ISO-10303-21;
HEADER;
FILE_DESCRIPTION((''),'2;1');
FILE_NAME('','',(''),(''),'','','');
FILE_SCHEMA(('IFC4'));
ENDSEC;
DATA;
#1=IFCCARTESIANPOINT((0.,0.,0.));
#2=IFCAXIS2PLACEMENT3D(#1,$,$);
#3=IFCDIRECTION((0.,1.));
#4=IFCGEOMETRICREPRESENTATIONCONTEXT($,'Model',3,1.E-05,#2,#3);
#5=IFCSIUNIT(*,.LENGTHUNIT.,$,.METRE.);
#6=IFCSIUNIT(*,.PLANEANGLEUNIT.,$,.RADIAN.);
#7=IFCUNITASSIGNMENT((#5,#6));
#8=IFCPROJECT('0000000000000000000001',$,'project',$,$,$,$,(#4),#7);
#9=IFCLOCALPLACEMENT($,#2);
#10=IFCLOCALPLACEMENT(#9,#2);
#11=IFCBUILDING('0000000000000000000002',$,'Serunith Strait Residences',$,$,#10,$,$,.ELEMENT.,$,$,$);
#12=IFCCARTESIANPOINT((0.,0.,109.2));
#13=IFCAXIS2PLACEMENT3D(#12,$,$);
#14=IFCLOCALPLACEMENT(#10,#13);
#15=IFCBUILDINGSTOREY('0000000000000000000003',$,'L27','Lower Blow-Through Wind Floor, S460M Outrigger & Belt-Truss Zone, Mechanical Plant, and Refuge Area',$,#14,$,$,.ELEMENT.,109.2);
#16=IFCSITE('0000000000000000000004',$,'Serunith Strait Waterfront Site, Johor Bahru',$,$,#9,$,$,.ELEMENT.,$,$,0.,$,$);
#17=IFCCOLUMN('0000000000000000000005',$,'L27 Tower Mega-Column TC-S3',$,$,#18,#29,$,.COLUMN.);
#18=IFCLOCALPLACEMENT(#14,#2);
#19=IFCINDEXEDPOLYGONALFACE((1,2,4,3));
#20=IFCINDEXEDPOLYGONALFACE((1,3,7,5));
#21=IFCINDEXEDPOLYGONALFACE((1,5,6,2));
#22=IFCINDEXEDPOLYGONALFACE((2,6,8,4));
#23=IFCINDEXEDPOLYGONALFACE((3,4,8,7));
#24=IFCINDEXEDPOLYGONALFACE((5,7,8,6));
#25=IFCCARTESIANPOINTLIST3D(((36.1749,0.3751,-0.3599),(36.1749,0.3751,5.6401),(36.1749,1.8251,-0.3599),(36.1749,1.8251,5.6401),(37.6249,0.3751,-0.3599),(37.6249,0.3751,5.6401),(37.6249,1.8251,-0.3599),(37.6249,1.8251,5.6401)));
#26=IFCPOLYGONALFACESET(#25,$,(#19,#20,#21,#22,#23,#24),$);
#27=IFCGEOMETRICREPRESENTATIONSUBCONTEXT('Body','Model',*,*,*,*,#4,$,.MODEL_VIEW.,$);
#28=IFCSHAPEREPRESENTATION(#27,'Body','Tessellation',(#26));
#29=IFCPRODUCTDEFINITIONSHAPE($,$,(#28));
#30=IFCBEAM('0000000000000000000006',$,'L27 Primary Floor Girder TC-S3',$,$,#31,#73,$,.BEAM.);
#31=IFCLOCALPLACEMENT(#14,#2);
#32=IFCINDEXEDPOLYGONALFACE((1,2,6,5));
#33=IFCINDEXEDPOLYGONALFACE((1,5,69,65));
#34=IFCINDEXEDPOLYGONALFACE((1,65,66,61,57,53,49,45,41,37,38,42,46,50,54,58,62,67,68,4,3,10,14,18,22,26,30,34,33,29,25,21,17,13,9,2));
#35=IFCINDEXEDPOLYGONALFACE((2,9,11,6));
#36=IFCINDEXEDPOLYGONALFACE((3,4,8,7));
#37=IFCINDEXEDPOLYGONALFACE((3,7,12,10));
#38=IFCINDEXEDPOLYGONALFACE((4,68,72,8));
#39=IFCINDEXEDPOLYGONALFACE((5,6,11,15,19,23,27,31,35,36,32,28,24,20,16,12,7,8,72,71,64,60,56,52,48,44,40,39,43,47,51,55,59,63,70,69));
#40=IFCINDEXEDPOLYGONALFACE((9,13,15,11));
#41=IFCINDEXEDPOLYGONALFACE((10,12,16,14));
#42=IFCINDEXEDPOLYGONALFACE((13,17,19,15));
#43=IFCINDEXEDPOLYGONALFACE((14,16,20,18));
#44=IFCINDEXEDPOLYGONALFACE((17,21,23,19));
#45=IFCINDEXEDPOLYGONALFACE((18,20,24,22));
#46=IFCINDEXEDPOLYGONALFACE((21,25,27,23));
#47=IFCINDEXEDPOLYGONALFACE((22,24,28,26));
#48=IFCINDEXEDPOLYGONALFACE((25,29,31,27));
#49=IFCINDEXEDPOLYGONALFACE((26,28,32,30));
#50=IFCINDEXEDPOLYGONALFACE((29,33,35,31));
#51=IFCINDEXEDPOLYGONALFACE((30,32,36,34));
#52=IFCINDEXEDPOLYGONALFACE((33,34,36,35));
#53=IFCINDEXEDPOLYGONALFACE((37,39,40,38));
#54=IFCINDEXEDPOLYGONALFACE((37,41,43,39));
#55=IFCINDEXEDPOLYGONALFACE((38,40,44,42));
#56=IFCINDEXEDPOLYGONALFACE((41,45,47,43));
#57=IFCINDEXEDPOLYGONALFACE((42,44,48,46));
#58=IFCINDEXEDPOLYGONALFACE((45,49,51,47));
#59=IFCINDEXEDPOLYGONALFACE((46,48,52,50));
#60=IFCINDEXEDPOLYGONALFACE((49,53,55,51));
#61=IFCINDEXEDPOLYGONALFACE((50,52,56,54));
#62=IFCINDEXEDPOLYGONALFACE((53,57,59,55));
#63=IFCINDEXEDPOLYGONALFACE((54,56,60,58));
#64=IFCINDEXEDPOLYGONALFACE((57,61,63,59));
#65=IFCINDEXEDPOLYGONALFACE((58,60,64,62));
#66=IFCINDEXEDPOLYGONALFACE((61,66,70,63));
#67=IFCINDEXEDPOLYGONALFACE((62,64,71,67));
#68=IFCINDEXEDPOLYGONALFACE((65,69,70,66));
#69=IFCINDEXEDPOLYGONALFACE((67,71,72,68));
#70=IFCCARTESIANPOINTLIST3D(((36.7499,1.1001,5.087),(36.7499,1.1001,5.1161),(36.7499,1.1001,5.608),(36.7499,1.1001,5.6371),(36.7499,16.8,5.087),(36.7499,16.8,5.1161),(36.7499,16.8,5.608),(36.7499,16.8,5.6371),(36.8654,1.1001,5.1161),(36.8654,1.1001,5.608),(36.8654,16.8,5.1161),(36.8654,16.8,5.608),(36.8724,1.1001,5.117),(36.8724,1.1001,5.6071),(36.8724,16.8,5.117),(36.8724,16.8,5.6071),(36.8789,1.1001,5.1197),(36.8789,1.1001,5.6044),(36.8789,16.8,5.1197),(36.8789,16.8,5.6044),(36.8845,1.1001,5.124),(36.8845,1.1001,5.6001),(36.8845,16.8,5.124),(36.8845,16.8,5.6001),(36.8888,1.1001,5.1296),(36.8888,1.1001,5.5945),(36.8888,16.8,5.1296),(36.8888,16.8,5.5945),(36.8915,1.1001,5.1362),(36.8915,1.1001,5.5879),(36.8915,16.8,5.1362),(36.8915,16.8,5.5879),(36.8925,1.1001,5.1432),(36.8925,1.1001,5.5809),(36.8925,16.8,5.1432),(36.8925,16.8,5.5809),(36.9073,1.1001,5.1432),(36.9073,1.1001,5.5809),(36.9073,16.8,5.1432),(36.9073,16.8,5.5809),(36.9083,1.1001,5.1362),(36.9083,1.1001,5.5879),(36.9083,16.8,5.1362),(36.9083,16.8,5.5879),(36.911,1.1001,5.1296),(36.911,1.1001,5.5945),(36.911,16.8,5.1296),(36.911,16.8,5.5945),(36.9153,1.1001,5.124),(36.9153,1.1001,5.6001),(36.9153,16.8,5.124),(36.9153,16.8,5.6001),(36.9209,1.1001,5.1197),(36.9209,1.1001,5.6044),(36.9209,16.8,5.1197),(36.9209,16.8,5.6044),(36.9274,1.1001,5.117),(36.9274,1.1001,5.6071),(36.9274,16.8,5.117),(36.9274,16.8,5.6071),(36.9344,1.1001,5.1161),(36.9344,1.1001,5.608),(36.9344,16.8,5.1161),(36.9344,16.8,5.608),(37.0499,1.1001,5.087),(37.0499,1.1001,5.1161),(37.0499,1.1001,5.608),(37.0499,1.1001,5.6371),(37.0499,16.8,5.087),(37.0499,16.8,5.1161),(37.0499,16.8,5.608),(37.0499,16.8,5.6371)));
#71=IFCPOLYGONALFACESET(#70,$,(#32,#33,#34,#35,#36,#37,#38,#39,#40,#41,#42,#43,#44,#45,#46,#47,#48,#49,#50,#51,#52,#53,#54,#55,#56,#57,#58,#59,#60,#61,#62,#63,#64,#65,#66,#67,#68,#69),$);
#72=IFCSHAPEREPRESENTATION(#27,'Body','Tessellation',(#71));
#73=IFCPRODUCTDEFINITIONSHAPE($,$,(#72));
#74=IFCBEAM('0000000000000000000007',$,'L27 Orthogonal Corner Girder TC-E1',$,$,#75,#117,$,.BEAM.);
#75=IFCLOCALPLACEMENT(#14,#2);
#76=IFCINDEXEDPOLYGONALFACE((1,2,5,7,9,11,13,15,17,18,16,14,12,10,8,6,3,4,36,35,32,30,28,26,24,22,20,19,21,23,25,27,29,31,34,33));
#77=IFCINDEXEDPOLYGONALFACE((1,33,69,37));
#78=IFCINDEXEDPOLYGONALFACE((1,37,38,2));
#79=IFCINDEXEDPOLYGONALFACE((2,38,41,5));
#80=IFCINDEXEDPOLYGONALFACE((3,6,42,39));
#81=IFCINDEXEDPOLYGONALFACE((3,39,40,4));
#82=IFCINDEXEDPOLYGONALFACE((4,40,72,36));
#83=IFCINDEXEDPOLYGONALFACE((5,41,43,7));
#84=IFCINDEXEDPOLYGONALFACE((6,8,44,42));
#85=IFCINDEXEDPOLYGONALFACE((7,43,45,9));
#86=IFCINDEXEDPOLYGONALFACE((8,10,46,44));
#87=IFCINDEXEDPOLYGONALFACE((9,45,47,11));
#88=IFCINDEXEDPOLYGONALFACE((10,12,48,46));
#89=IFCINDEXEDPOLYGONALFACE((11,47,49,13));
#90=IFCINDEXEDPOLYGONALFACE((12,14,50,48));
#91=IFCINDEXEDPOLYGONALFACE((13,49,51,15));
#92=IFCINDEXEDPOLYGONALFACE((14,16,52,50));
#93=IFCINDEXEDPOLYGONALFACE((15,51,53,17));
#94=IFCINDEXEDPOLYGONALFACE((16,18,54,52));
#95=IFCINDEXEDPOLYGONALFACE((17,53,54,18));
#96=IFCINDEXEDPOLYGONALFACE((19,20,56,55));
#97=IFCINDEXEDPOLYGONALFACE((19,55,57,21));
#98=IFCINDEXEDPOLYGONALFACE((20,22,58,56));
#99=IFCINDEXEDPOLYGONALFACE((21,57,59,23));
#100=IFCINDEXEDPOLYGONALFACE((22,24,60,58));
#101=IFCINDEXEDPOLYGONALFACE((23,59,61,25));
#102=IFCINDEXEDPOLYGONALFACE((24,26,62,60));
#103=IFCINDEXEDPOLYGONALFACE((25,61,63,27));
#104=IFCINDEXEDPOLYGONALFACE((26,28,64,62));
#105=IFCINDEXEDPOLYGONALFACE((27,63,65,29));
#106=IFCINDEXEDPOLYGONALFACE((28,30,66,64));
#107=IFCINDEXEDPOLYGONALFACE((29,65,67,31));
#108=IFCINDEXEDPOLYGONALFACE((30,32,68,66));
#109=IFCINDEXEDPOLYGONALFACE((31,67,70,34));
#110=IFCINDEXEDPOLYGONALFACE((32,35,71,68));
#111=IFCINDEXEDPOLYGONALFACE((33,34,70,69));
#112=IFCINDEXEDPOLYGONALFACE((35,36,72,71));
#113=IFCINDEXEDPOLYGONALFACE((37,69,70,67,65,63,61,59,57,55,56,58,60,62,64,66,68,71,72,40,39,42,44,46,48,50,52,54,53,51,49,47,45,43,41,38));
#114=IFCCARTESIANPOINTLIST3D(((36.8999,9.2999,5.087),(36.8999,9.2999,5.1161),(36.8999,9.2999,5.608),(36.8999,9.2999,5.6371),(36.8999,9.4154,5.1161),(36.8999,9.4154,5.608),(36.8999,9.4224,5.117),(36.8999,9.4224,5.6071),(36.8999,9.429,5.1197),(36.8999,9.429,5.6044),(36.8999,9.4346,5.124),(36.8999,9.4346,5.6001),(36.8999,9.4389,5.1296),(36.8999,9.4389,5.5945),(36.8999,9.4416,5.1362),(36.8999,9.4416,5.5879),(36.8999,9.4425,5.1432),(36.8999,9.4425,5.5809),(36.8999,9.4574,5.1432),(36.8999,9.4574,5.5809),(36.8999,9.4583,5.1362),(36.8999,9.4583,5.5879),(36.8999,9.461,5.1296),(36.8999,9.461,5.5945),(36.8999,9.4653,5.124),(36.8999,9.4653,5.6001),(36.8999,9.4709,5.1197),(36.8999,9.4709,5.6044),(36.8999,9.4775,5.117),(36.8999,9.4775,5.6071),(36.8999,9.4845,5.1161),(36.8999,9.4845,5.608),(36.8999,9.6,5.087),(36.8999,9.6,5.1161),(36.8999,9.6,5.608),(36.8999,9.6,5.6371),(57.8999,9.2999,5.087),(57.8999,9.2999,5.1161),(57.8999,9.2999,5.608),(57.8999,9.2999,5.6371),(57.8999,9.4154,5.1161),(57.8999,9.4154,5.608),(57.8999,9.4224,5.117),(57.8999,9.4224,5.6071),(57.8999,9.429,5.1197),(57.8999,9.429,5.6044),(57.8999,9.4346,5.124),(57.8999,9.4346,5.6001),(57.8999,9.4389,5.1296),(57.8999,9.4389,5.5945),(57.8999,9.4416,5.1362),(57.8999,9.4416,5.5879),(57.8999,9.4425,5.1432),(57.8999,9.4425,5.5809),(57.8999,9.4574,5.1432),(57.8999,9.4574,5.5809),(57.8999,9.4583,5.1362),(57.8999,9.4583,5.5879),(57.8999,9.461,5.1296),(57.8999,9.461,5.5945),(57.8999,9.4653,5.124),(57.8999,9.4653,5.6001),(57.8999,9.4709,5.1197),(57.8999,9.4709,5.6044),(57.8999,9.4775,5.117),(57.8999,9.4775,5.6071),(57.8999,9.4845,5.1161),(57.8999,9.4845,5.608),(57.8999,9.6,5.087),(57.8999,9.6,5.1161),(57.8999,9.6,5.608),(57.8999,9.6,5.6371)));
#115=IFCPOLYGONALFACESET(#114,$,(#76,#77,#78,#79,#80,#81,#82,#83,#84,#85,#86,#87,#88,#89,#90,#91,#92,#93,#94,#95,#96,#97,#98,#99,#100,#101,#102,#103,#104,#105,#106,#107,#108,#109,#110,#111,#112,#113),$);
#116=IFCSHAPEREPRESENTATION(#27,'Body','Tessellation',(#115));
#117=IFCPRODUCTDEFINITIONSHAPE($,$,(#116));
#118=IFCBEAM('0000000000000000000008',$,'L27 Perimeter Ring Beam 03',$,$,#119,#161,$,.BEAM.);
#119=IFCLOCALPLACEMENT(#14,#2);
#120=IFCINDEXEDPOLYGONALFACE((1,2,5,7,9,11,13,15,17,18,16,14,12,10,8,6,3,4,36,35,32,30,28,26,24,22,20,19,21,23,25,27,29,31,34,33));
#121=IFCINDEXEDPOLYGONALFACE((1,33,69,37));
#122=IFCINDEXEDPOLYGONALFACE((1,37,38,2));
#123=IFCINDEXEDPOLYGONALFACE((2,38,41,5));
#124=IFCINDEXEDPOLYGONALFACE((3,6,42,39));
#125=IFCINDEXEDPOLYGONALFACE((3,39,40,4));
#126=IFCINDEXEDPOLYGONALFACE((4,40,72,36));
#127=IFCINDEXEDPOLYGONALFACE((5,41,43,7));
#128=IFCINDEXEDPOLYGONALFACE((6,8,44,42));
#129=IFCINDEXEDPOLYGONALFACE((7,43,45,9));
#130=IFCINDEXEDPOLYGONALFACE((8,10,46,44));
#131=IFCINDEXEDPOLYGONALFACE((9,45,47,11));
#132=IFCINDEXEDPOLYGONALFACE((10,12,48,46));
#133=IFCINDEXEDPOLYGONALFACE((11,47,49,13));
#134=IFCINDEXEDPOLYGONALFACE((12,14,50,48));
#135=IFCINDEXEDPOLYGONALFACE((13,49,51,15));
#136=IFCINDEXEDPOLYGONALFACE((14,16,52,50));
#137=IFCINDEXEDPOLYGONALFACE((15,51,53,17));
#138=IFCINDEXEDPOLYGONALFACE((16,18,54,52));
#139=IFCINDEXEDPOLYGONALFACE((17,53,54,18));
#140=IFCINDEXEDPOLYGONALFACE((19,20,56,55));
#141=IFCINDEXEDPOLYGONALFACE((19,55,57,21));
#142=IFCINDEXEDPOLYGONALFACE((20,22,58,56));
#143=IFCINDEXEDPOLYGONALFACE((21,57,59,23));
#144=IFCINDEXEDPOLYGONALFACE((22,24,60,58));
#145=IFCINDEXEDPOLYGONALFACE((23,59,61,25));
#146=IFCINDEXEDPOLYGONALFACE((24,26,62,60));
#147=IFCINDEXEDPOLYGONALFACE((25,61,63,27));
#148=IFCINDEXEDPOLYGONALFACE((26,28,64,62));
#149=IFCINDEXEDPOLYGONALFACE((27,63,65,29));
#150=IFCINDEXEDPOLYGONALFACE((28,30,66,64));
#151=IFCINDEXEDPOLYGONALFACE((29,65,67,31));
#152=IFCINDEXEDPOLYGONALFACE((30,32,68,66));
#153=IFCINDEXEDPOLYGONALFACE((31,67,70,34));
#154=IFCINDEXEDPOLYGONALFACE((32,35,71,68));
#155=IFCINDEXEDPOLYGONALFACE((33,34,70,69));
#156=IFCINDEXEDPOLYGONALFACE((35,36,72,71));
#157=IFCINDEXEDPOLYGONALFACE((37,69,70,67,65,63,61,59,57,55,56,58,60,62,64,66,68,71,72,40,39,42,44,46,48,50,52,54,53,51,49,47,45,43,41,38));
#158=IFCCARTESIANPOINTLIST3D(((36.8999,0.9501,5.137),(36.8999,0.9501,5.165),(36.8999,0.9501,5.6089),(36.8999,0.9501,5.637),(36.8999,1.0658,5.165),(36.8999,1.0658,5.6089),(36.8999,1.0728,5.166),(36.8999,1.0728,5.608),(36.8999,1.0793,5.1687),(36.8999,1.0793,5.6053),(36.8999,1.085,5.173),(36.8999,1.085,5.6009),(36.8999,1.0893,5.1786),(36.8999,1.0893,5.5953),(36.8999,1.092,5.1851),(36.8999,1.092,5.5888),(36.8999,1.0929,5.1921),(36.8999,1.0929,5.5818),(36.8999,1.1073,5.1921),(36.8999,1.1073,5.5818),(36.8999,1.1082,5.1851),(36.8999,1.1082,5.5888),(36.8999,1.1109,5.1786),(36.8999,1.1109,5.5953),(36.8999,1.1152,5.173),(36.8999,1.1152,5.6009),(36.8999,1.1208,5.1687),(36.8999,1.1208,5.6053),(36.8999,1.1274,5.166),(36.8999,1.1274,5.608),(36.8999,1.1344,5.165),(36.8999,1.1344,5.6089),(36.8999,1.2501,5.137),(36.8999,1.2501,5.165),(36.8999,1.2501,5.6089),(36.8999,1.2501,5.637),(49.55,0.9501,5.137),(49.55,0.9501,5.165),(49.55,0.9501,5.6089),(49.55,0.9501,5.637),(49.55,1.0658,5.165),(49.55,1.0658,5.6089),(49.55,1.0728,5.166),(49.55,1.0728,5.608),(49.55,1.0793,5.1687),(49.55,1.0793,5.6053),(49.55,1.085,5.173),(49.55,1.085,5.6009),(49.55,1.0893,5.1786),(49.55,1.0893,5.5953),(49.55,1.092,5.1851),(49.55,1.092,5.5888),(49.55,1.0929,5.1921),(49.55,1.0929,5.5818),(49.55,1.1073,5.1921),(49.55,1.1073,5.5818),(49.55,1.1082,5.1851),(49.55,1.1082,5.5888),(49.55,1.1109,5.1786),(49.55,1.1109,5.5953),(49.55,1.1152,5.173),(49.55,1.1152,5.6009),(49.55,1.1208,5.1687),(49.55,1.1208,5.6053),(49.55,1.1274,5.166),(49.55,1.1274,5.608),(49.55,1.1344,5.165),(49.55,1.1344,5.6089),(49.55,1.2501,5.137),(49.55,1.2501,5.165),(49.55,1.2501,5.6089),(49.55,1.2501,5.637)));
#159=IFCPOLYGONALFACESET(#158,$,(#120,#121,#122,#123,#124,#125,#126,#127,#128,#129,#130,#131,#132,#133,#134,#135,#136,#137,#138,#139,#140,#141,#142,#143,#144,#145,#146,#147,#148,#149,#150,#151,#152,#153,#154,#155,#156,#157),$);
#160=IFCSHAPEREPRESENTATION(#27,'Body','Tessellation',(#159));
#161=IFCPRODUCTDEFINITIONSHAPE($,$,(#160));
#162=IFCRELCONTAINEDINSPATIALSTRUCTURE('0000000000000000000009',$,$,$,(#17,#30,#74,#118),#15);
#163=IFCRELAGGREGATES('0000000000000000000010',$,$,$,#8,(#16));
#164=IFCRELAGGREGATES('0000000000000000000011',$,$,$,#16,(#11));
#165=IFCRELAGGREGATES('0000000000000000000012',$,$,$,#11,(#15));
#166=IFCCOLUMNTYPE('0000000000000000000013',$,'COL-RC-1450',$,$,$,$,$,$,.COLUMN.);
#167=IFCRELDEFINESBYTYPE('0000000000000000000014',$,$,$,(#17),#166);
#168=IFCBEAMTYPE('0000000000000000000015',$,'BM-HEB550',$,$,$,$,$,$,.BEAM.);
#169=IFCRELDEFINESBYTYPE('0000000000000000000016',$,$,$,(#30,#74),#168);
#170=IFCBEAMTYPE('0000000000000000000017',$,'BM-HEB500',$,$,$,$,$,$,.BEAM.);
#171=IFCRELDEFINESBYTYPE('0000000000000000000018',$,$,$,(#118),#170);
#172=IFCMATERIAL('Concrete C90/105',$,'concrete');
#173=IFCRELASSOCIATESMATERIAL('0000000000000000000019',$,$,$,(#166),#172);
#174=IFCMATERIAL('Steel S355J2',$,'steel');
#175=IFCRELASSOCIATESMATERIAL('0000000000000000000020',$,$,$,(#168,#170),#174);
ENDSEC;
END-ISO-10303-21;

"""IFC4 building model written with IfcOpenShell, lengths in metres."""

from ifc_helpers import new_model, si_unit, direction, frame, origin, origin_2d, place, context, subcontext, project, spatial, rectangle, i_section, extrude, source, transform, mapped, material, material_profile, profile_set, type_object, element, save


model = new_model("IFC4")

# Units and contexts
model_context = context("Model", 3, precision=1e-05, world=origin(), true_north=direction((0.0, 1.0)))
body_context = subcontext(model_context, "Body", "Model", "MODEL_VIEW")
ifc_project = project(units=[si_unit("LENGTHUNIT", "METRE"), si_unit("PLANEANGLEUNIT", "RADIAN")], contexts=[model_context])

# Site, building, storey
site_placement = place(None, origin())
site = spatial("IfcSite", under=ifc_project, at=site_placement, Name="Serunith Strait Waterfront Site, Johor Bahru", CompositionType="ELEMENT", RefElevation=0.0)
building_placement = place(site_placement, origin())
building = spatial("IfcBuilding", under=site, at=building_placement, Name="Serunith Strait Residences", CompositionType="ELEMENT")
storey_placement = place(building_placement, frame((0.0, 0.0, 109.2)))
storey = spatial("IfcBuildingStorey", under=building, at=storey_placement, Name="L27", Description="Lower Blow-Through Wind Floor, S460M Outrigger & Belt-Truss Zone, Mechanical Plant, and Refuge Area", CompositionType="ELEMENT", Elevation=109.2)

# Column
ifc_material_1 = material(Name="Concrete C90/105", Category="concrete")
ifc_material_profile_1 = material_profile(ifc_material_1, rectangle(XDim=1.45, YDim=1.45, at=origin_2d()), Name="RC 1450x1450")
ifc_profile_set_1 = profile_set([ifc_material_profile_1], Name="Concrete C90/105")
column_type = type_object("IfcColumnType", Name="COL-RC-1450", PredefinedType="COLUMN", material=ifc_profile_set_1)
shared_shape_1 = source(origin(), body_context, "Body", "SweptSolid", [
    extrude(rectangle(XDim=1.45, YDim=1.45, at=origin_2d()), origin(), (0.0, 0.0, 1.0), 6.0),
])
column_placement = place(storey_placement, frame((36.8999, 1.1001, -0.3599), z_axis=(0.0, 0.0, 1.0), x_axis=(1.0, 0.0, 0.0)))
element("IfcColumn", 1, at=column_placement, inside=storey, type_object=column_type, Name="L27 Tower Mega-Column TC-S3", PredefinedType="COLUMN", context=body_context, shape_type="MappedRepresentation", body=[
    mapped(shared_shape_1, transform((0.0, 0.0, 0.0), scale=1.0)),
])

# Beams
ifc_material_2 = material(Name="Steel S355J2", Category="steel")
ifc_material_profile_2 = material_profile(ifc_material_2, i_section(OverallWidth=0.3, OverallDepth=0.55, WebThickness=0.0149, FlangeThickness=0.0291, FilletRadius=0.0271, at=origin_2d()), Name="HEB 550")
ifc_profile_set_2 = profile_set([ifc_material_profile_2], Name="Steel S355J2")
beam_type_1 = type_object("IfcBeamType", Name="BM-HEB550", PredefinedType="BEAM", material=ifc_profile_set_2)
shared_shape_2 = source(origin(), body_context, "Body", "SweptSolid", [
    extrude(i_section(OverallWidth=0.3, OverallDepth=0.55, WebThickness=0.0149, FlangeThickness=0.0291, FilletRadius=0.0271, at=origin_2d()), origin(), (0.0, 0.0, 1.0), 15.7),
])
beam_1_placement = place(storey_placement, frame((36.8999, 16.8, 5.3621), z_axis=(0.0, -1.0, 0.0), x_axis=(1.0, 0.0, 0.0)))
element("IfcBeam", 2, at=beam_1_placement, inside=storey, type_object=beam_type_1, Name="L27 Primary Floor Girder TC-S3", PredefinedType="BEAM", context=body_context, shape_type="MappedRepresentation", body=[
    mapped(shared_shape_2, transform((0.0, 0.0, 0.0), scale=1.0)),
])
shared_shape_3 = source(origin(), body_context, "Body", "SweptSolid", [
    extrude(i_section(OverallWidth=0.3, OverallDepth=0.55, WebThickness=0.0149, FlangeThickness=0.0291, FilletRadius=0.0271, at=origin_2d()), origin(), (0.0, 0.0, 1.0), 21.0),
])
beam_2_placement = place(storey_placement, frame((36.8999, 9.45, 5.3621), z_axis=(1.0, 0.0, 0.0), x_axis=(0.0, 1.0, 0.0)))
element("IfcBeam", 3, at=beam_2_placement, inside=storey, type_object=beam_type_1, Name="L27 Orthogonal Corner Girder TC-E1", PredefinedType="BEAM", context=body_context, shape_type="MappedRepresentation", body=[
    mapped(shared_shape_3, transform((0.0, 0.0, 0.0), scale=1.0)),
])
ifc_material_profile_3 = material_profile(ifc_material_2, i_section(OverallWidth=0.3, OverallDepth=0.5, WebThickness=0.0144, FlangeThickness=0.0281, FilletRadius=0.0271, at=origin_2d()), Name="HEB 500")
ifc_profile_set_3 = profile_set([ifc_material_profile_3], Name="Steel S355J2")
beam_type_2 = type_object("IfcBeamType", Name="BM-HEB500", PredefinedType="BEAM", material=ifc_profile_set_3)
shared_shape_4 = source(origin(), body_context, "Body", "SweptSolid", [
    extrude(i_section(OverallWidth=0.3, OverallDepth=0.5, WebThickness=0.0144, FlangeThickness=0.0281, FilletRadius=0.0271, at=origin_2d()), origin(), (0.0, 0.0, 1.0), 12.6501),
])
beam_3_placement = place(storey_placement, frame((36.8999, 1.1001, 5.387), z_axis=(1.0, 0.0, 0.0), x_axis=(0.0, 1.0, 0.0)))
element("IfcBeam", 4, at=beam_3_placement, inside=storey, type_object=beam_type_2, Name="L27 Perimeter Ring Beam 03", PredefinedType="BEAM", context=body_context, shape_type="MappedRepresentation", body=[
    mapped(shared_shape_4, transform((0.0, 0.0, 0.0), scale=1.0)),
])

save(model, "model.ifc")
